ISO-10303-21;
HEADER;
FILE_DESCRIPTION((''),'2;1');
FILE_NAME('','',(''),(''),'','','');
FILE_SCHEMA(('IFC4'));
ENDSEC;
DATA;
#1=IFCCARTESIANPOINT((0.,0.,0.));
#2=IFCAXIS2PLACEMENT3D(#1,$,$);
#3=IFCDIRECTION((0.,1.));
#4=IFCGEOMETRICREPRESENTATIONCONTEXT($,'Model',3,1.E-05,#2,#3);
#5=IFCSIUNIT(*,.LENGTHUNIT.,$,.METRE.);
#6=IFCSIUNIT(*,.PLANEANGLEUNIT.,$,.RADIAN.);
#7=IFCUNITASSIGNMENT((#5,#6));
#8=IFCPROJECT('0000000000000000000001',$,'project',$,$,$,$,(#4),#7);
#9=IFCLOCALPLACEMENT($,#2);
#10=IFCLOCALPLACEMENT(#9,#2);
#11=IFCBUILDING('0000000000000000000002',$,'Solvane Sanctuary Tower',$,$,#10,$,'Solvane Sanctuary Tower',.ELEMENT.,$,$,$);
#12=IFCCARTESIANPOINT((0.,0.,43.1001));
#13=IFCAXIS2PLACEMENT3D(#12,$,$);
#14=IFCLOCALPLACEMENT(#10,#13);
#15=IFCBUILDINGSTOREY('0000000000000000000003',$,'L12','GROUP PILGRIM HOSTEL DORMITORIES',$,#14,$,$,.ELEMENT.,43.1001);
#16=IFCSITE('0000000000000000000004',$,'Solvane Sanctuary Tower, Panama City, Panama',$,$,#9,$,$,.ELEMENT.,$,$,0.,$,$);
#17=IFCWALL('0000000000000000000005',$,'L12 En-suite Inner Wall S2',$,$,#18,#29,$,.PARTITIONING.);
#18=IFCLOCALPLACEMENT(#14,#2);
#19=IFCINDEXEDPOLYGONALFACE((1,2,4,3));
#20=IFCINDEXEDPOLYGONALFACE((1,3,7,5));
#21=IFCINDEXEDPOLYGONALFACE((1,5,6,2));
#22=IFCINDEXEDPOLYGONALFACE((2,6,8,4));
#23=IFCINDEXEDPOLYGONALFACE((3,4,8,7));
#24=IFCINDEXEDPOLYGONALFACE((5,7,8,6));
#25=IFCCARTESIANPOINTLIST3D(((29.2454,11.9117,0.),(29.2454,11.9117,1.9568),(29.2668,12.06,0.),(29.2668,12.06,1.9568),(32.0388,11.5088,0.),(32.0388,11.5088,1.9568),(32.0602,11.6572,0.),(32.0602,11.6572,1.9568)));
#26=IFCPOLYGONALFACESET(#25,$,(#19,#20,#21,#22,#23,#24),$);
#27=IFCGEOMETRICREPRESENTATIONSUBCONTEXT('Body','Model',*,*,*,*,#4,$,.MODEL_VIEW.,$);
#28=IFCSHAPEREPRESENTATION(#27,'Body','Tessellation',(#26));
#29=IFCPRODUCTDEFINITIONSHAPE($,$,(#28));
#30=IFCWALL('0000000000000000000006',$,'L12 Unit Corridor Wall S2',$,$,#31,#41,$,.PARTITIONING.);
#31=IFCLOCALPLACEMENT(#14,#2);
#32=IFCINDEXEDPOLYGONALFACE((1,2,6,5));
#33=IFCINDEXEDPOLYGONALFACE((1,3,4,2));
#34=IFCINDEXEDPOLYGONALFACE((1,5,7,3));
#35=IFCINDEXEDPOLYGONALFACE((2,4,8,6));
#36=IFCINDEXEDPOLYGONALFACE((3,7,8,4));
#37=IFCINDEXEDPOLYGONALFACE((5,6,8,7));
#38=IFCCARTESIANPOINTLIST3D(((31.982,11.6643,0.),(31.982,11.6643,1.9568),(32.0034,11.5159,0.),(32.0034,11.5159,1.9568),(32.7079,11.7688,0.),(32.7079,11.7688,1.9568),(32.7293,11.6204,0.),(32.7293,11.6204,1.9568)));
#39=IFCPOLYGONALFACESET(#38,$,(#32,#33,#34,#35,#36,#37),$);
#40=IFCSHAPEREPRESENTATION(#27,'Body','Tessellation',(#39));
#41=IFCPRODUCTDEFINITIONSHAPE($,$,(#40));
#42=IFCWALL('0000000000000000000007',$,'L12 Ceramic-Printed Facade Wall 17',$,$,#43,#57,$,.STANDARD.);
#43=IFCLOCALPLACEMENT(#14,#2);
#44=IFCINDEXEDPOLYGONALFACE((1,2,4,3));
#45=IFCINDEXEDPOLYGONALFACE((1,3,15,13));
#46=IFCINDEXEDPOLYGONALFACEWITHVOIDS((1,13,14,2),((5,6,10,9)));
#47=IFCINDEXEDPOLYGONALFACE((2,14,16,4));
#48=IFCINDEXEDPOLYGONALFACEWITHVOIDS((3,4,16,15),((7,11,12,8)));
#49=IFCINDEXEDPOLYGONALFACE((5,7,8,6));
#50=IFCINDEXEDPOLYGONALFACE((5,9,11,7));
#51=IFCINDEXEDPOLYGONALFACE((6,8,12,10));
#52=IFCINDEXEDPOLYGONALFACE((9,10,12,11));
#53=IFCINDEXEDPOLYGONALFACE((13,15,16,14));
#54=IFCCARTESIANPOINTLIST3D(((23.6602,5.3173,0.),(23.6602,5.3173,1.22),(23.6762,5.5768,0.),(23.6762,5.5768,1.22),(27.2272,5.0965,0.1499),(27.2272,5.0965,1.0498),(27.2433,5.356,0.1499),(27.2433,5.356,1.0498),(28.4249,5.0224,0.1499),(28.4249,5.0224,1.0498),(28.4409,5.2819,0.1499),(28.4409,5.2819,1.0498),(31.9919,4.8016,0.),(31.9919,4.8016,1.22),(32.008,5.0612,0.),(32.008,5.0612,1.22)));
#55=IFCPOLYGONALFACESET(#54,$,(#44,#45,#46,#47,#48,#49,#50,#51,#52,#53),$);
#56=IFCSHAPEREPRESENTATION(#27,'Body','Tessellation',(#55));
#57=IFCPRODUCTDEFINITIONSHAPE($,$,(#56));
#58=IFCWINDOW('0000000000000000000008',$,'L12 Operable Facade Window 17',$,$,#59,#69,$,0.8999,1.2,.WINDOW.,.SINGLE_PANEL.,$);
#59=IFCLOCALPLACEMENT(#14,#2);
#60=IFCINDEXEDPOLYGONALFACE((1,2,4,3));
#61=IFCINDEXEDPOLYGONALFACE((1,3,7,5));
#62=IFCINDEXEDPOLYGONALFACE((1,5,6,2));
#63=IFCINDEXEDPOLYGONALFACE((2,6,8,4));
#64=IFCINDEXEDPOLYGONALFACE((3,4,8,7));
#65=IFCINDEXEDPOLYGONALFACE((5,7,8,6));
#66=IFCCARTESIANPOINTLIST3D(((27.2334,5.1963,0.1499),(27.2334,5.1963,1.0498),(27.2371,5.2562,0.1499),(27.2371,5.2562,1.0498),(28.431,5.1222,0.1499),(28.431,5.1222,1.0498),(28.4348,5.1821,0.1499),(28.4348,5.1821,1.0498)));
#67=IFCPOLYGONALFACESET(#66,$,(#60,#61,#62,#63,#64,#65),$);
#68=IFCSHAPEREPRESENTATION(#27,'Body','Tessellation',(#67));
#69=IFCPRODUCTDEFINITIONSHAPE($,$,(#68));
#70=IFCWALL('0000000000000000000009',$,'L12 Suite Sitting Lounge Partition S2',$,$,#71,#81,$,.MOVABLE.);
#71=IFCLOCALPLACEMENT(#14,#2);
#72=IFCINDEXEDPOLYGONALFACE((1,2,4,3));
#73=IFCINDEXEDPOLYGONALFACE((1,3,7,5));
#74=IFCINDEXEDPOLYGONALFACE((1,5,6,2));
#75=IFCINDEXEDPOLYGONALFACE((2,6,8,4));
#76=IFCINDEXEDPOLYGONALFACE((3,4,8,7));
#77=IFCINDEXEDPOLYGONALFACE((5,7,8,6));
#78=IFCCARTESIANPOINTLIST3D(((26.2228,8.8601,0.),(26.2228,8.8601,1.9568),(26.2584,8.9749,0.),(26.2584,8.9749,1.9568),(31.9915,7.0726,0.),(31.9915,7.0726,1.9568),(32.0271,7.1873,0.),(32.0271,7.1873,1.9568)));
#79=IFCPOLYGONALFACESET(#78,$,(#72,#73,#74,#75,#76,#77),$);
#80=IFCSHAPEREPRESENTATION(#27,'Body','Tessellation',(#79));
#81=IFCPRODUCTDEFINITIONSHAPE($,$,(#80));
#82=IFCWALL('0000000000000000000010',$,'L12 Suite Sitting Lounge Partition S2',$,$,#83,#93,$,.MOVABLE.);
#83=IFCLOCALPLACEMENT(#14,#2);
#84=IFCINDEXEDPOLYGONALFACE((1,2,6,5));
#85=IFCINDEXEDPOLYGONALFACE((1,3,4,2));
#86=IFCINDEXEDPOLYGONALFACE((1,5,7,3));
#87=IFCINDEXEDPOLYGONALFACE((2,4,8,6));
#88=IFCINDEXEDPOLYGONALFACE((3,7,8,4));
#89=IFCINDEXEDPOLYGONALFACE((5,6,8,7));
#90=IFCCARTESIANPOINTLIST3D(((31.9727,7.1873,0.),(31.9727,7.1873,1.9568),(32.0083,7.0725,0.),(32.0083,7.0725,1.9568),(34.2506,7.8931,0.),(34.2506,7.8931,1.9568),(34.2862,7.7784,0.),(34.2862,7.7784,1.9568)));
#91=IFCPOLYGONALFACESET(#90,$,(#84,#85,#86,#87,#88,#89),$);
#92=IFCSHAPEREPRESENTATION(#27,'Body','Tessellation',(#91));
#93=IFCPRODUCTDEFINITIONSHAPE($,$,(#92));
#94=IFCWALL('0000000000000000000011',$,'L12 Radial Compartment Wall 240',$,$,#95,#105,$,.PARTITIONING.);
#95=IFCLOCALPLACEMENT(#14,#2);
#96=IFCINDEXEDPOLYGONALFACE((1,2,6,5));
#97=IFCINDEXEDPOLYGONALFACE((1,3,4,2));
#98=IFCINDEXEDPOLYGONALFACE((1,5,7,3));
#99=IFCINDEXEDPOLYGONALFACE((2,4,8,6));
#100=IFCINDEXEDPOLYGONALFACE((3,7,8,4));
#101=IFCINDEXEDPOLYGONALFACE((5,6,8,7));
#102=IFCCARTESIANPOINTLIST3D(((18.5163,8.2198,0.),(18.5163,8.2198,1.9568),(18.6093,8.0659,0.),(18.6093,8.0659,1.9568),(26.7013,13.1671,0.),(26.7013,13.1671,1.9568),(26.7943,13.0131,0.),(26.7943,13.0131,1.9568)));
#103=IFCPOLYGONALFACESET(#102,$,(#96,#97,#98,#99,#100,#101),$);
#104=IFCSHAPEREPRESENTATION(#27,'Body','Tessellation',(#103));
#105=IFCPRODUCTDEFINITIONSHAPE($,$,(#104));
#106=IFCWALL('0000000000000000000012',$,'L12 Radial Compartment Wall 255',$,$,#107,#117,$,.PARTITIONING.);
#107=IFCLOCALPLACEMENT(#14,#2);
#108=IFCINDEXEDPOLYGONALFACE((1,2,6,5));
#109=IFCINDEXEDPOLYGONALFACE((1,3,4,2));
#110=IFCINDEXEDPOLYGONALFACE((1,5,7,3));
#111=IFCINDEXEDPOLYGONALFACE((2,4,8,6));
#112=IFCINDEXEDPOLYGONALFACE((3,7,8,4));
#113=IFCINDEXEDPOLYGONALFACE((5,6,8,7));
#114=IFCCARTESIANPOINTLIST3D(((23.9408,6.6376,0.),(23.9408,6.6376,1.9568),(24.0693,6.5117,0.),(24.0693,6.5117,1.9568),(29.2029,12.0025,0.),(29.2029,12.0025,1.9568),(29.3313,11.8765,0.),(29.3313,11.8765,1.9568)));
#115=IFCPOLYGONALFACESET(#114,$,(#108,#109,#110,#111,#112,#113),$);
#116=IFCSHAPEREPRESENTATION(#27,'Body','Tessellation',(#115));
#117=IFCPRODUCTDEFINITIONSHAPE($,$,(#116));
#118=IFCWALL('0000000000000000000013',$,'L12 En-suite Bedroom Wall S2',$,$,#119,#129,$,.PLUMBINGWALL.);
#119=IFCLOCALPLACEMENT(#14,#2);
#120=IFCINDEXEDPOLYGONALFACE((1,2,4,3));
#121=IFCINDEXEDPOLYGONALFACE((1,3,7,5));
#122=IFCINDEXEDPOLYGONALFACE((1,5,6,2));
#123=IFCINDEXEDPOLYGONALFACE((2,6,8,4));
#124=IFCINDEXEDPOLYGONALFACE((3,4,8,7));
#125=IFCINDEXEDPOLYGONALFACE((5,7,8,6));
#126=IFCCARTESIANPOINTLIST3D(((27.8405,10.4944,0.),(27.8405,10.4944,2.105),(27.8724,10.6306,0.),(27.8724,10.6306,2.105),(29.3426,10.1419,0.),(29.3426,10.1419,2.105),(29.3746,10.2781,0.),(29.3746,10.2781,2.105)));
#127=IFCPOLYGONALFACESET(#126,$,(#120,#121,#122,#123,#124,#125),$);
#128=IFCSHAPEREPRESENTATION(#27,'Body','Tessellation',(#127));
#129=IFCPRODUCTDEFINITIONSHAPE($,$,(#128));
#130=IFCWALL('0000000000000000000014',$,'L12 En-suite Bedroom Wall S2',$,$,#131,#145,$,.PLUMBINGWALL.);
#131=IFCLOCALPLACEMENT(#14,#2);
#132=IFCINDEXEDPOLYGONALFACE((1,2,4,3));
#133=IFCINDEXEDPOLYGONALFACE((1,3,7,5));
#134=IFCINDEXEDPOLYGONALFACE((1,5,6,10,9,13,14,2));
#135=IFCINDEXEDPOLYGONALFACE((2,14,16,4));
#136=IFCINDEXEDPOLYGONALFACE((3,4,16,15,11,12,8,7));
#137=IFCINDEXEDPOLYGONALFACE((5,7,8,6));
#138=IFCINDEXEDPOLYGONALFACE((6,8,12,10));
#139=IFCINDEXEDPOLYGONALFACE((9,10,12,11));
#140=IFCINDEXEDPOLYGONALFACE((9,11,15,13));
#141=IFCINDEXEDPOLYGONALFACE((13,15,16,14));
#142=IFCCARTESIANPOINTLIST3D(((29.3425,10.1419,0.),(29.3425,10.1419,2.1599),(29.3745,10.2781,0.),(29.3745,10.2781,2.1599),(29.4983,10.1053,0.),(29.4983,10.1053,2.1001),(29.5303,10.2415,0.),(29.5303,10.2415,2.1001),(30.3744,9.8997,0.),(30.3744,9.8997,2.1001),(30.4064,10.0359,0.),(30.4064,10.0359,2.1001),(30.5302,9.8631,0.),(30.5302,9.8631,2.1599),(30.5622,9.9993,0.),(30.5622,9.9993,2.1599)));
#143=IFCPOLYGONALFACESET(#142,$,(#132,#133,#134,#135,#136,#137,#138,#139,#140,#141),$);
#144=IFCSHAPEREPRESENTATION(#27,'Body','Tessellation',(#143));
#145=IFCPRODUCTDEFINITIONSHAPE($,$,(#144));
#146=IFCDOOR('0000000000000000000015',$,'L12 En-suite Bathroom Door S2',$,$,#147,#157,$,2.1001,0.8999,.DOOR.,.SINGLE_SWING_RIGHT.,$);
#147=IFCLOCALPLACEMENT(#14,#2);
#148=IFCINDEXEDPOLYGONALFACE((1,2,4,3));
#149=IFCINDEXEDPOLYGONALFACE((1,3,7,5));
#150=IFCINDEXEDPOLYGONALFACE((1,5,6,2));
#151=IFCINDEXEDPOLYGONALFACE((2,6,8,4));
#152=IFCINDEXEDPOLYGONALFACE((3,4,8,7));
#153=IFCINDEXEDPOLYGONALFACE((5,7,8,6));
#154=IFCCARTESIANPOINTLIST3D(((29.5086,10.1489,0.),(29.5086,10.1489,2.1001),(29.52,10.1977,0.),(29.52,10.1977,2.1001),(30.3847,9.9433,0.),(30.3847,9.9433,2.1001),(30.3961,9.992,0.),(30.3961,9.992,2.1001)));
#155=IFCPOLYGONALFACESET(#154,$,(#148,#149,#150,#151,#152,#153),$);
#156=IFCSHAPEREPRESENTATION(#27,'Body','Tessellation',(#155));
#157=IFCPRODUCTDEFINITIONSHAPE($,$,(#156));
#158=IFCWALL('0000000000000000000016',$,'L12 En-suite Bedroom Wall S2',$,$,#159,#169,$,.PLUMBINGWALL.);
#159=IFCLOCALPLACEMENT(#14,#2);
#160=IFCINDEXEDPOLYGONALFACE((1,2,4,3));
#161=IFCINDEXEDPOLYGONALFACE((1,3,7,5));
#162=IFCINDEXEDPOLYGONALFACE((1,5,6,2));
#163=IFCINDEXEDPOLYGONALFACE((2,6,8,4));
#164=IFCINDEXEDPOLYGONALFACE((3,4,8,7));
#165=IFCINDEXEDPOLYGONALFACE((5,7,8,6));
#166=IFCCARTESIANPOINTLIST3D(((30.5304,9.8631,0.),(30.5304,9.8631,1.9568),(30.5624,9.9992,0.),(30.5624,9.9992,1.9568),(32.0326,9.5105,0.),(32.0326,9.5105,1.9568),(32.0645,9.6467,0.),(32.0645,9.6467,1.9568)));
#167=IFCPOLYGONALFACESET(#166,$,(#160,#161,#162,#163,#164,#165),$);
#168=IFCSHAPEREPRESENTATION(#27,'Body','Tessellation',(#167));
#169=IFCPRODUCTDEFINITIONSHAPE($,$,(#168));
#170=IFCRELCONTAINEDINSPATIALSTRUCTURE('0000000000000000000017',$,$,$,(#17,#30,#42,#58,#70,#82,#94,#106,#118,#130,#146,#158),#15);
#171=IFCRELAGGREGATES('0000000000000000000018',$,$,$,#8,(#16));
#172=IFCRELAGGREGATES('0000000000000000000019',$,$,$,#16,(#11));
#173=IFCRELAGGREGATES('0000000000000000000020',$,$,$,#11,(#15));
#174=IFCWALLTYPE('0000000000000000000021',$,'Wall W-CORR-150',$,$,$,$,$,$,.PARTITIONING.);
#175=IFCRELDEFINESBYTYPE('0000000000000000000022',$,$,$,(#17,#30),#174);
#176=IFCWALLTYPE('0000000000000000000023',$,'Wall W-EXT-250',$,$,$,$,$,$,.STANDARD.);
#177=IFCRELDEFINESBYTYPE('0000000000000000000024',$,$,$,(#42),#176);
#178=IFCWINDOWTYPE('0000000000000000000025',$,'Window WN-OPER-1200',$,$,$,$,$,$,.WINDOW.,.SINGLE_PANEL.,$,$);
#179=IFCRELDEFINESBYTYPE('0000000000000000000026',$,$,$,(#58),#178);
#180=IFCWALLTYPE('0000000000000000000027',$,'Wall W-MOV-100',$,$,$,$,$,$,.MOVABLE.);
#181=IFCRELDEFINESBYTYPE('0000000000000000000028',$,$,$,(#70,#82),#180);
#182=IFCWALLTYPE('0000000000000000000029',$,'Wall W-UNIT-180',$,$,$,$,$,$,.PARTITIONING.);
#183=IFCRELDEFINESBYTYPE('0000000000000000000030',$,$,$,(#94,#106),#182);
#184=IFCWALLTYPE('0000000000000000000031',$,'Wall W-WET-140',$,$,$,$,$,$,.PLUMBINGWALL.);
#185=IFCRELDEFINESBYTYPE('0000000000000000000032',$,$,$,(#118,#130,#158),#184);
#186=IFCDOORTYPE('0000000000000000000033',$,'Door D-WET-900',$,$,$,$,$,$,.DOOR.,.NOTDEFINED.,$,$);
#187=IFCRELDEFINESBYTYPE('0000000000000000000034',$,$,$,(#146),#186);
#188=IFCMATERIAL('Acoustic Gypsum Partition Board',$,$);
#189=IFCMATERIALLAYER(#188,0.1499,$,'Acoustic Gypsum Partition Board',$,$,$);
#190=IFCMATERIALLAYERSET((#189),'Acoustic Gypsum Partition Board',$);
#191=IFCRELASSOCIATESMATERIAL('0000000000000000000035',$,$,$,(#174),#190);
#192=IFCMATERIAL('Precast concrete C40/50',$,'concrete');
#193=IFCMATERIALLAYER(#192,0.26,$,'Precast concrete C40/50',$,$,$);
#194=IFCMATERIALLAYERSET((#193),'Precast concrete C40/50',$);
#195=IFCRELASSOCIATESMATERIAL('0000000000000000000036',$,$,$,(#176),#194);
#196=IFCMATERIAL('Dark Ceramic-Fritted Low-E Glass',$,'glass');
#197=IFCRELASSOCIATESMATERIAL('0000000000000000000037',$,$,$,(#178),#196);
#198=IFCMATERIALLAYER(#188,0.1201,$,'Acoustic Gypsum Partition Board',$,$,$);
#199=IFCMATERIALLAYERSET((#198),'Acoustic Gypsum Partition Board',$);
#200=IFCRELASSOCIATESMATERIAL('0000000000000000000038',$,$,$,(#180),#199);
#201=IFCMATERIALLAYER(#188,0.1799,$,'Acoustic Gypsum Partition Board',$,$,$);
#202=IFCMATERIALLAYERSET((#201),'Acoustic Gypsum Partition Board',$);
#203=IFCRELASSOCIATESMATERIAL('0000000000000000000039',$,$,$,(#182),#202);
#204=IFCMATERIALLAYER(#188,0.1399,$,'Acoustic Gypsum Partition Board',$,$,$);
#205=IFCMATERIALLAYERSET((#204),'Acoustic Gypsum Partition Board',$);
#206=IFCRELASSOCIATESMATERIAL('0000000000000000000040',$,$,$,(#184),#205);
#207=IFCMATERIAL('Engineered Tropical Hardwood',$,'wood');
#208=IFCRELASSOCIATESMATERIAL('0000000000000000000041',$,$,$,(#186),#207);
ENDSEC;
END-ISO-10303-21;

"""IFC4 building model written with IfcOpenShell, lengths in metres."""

from ifc_helpers import new_model, si_unit, direction, frame, frame_2d, origin, place, context, subcontext, project, spatial, rectangle, extrude, material, layer, layer_set, type_object, element, fill, save


model = new_model("IFC4")

# Units and contexts
model_context = context("Model", 3, precision=1e-05, world=origin(), true_north=direction((0.0, 1.0)))
body_context = subcontext(model_context, "Body", "Model", "MODEL_VIEW")
ifc_project = project(units=[si_unit("LENGTHUNIT", "METRE"), si_unit("PLANEANGLEUNIT", "RADIAN")], contexts=[model_context])

# Site, building, storey
site_placement = place(None, origin())
site = spatial("IfcSite", under=ifc_project, at=site_placement, Name="Solvane Sanctuary Tower, Panama City, Panama", CompositionType="ELEMENT", RefElevation=0.0)
building_placement = place(site_placement, origin())
building = spatial("IfcBuilding", under=site, at=building_placement, Name="Solvane Sanctuary Tower", LongName="Solvane Sanctuary Tower", CompositionType="ELEMENT")
storey_placement = place(building_placement, frame((0.0, 0.0, 43.1001)))
storey = spatial("IfcBuildingStorey", under=building, at=storey_placement, Name="L12", Description="GROUP PILGRIM HOSTEL DORMITORIES", CompositionType="ELEMENT", Elevation=43.1001)

# Shared definitions
ifc_material_1 = material(Name="Dark Ceramic-Fritted Low-E Glass", Category="glass")

# Shared definitions
ifc_material_2 = material(Name="Acoustic Gypsum Partition Board")
ifc_layer_1 = layer(ifc_material_2, 0.1499, Name="Acoustic Gypsum Partition Board")
ifc_layer_set_1 = layer_set([ifc_layer_1], Name="Acoustic Gypsum Partition Board")
wall_type_1 = type_object("IfcWallType", Name="Wall W-CORR-150", PredefinedType="PARTITIONING", material=ifc_layer_set_1)

# Shared definitions
ifc_material_3 = material(Name="Engineered Tropical Hardwood", Category="wood")

# Walls
wall_1_placement = place(storey_placement, frame((29.2561, 11.9858, 0.0), z_axis=(0.0, 0.0, 1.0), x_axis=(0.989762, -0.142729, 0.0)))
element("IfcWall", 1, at=wall_1_placement, inside=storey, type_object=wall_type_1, Name="L12 En-suite Inner Wall S2", PredefinedType="PARTITIONING", context=body_context, shape_type="SweptSolid", body=[
    extrude(rectangle(XDim=2.8223, YDim=0.1499, at=frame_2d((1.4111, 0.0))), origin(), (0.0, 0.0, 1.0), 1.9568),
])
wall_2_placement = place(storey_placement, frame((31.9927, 11.5901, 0.0), z_axis=(0.0, 0.0, 1.0), x_axis=(0.989796, 0.142493, 0.0)))
element("IfcWall", 2, at=wall_2_placement, inside=storey, type_object=wall_type_1, Name="L12 Unit Corridor Wall S2", PredefinedType="PARTITIONING", context=body_context, shape_type="SweptSolid", body=[
    extrude(rectangle(XDim=0.7334, YDim=0.1499, at=frame_2d((0.3667, 0.0))), origin(), (0.0, 0.0, 1.0), 1.9568),
])

# Wall, opening, window
ifc_material_4 = material(Name="Precast concrete C40/50", Category="concrete")
ifc_layer_2 = layer(ifc_material_4, 0.26, Name="Precast concrete C40/50")
ifc_layer_set_2 = layer_set([ifc_layer_2], Name="Precast concrete C40/50")
wall_type_2 = type_object("IfcWallType", Name="Wall W-EXT-250", PredefinedType="STANDARD", material=ifc_layer_set_2)
wall_3_placement = place(storey_placement, frame((23.6682, 5.447, 0.0), z_axis=(0.0, 0.0, 1.0), x_axis=(0.998091, -0.061768, 0.0)))
wall_3 = element("IfcWall", 3, at=wall_3_placement, inside=storey, type_object=wall_type_2, Name="L12 Ceramic-Printed Facade Wall 17", PredefinedType="STANDARD", context=body_context, shape_type="SweptSolid", body=[
    extrude(rectangle(XDim=8.3477, YDim=0.26, at=frame_2d((4.1738, 0.0))), origin(), (0.0, 0.0, 1.0), 1.22),
])
opening_1_placement = place(wall_3_placement, frame((3.5737, 0.0, 0.1499)))
opening_1 = element("IfcOpeningElement", 4, at=opening_1_placement, cuts=wall_3, PredefinedType="OPENING", context=body_context, shape_type="SweptSolid", body=[
    extrude(rectangle(XDim=1.2, YDim=0.8999, at=frame_2d((0.6001, 0.45))), frame((0.0, 0.1399, 0.0), z_axis=(0.0, -1.0, 0.0), x_axis=(1.0, 0.0, 0.0)), (0.0, 0.0, 1.0), 0.28),
])
window_type = type_object("IfcWindowType", Name="Window WN-OPER-1200", PartitioningType="SINGLE_PANEL", PredefinedType="WINDOW", material=ifc_material_1)
window_placement = place(opening_1_placement, origin())
window = element("IfcWindow", 5, at=window_placement, inside=storey, type_object=window_type, Name="L12 Operable Facade Window 17", OverallHeight=0.8999, OverallWidth=1.2, PartitioningType="SINGLE_PANEL", PredefinedType="WINDOW", context=body_context, shape_type="SweptSolid", body=[
    extrude(rectangle(XDim=1.2, YDim=0.8999, at=frame_2d((0.6001, 0.45))), frame((0.0, 0.03, 0.0), z_axis=(0.0, -1.0, 0.0), x_axis=(1.0, 0.0, 0.0)), (0.0, 0.0, 1.0), 0.0601),
])
fill(opening_1, window)

# Walls
ifc_layer_3 = layer(ifc_material_2, 0.1201, Name="Acoustic Gypsum Partition Board")
ifc_layer_set_3 = layer_set([ifc_layer_3], Name="Acoustic Gypsum Partition Board")
wall_type_3 = type_object("IfcWallType", Name="Wall W-MOV-100", PredefinedType="MOVABLE", material=ifc_layer_set_3)
wall_4_placement = place(storey_placement, frame((26.2407, 8.9175, 0.0), z_axis=(0.0, 0.0, 1.0), x_axis=(0.955192, -0.295988, 0.0)))
element("IfcWall", 6, at=wall_4_placement, inside=storey, type_object=wall_type_3, Name="L12 Suite Sitting Lounge Partition S2", PredefinedType="MOVABLE", context=body_context, shape_type="SweptSolid", body=[
    extrude(rectangle(XDim=6.0393, YDim=0.1201, at=frame_2d((3.0195, 0.0))), origin(), (0.0, 0.0, 1.0), 1.9568),
])
wall_5_placement = place(storey_placement, frame((31.9905, 7.1299, 0.0), z_axis=(0.0, 0.0, 1.0), x_axis=(0.955195, 0.295977, 0.0)))
element("IfcWall", 7, at=wall_5_placement, inside=storey, type_object=wall_type_3, Name="L12 Suite Sitting Lounge Partition S2", PredefinedType="MOVABLE", context=body_context, shape_type="SweptSolid", body=[
    extrude(rectangle(XDim=2.3848, YDim=0.1201, at=frame_2d((1.1924, 0.0))), origin(), (0.0, 0.0, 1.0), 1.9568),
])
ifc_layer_4 = layer(ifc_material_2, 0.1799, Name="Acoustic Gypsum Partition Board")
ifc_layer_set_4 = layer_set([ifc_layer_4], Name="Acoustic Gypsum Partition Board")
wall_type_4 = type_object("IfcWallType", Name="Wall W-UNIT-180", PredefinedType="PARTITIONING", material=ifc_layer_set_4)
wall_6_placement = place(storey_placement, frame((26.7478, 13.0901, 0.0), z_axis=(0.0, 0.0, 1.0), x_axis=(-0.855817, -0.517278, 0.0)))
element("IfcWall", 8, at=wall_6_placement, inside=storey, type_object=wall_type_4, Name="L12 Radial Compartment Wall 240", PredefinedType="PARTITIONING", context=body_context, shape_type="SweptSolid", body=[
    extrude(rectangle(XDim=9.564, YDim=0.1799, at=frame_2d((4.782, 0.0))), origin(), (0.0, 0.0, 1.0), 1.9568),
])
wall_7_placement = place(storey_placement, frame((29.2671, 11.9395, 0.0), z_axis=(0.0, 0.0, 1.0), x_axis=(-0.700235, -0.713913, 0.0)))
element("IfcWall", 9, at=wall_7_placement, inside=storey, type_object=wall_type_4, Name="L12 Radial Compartment Wall 255", PredefinedType="PARTITIONING", context=body_context, shape_type="SweptSolid", body=[
    extrude(rectangle(XDim=7.5146, YDim=0.1799, at=frame_2d((3.7573, 0.0))), origin(), (0.0, 0.0, 1.0), 1.9568),
])
ifc_layer_5 = layer(ifc_material_2, 0.1399, Name="Acoustic Gypsum Partition Board")
ifc_layer_set_5 = layer_set([ifc_layer_5], Name="Acoustic Gypsum Partition Board")
wall_type_5 = type_object("IfcWallType", Name="Wall W-WET-140", PredefinedType="PLUMBINGWALL", material=ifc_layer_set_5)
wall_8_placement = place(storey_placement, frame((27.8564, 10.5625, 0.0), z_axis=(0.0, 0.0, 1.0), x_axis=(0.97355, -0.228475, 0.0)))
element("IfcWall", 10, at=wall_8_placement, inside=storey, type_object=wall_type_5, Name="L12 En-suite Bedroom Wall S2", PredefinedType="PLUMBINGWALL", context=body_context, shape_type="SweptSolid", body=[
    extrude(rectangle(XDim=1.543, YDim=0.1399, at=frame_2d((0.7715, 0.0))), origin(), (0.0, 0.0, 1.0), 2.105),
])

# Wall, opening, door
wall_9_placement = place(storey_placement, frame((29.3586, 10.21, 0.0), z_axis=(0.0, 0.0, 1.0), x_axis=(0.973538, -0.228526, 0.0)))
wall_9 = element("IfcWall", 11, at=wall_9_placement, inside=storey, type_object=wall_type_5, Name="L12 En-suite Bedroom Wall S2", PredefinedType="PLUMBINGWALL", context=body_context, shape_type="SweptSolid", body=[
    extrude(rectangle(XDim=1.22, YDim=0.1399, at=frame_2d((0.6099, 0.0))), origin(), (0.0, 0.0, 1.0), 2.1599),
])
opening_2_placement = place(wall_9_placement, frame((0.1599, 0.0, 0.0)))
opening_2 = element("IfcOpeningElement", 12, at=opening_2_placement, cuts=wall_9, PredefinedType="OPENING", context=body_context, shape_type="SweptSolid", body=[
    extrude(rectangle(XDim=0.8999, YDim=2.1001, at=frame_2d((0.45, 1.05))), frame((0.0, 0.0798, 0.0), z_axis=(0.0, -1.0, 0.0), x_axis=(1.0, 0.0, 0.0)), (0.0, 0.0, 1.0), 0.1599),
])
door_type_1 = type_object("IfcDoorType", Name="Door D-WET-900", OperationType="NOTDEFINED", PredefinedType="DOOR", material=ifc_material_3)
door_1_placement = place(opening_2_placement, origin())
door_1 = element("IfcDoor", 13, at=door_1_placement, inside=storey, type_object=door_type_1, Name="L12 En-suite Bathroom Door S2", OperationType="SINGLE_SWING_RIGHT", OverallHeight=2.1001, OverallWidth=0.8999, PredefinedType="DOOR", context=body_context, shape_type="SweptSolid", body=[
    extrude(rectangle(XDim=0.8999, YDim=2.1001, at=frame_2d((0.45, 1.05))), frame((0.0, 0.0249, 0.0), z_axis=(0.0, -1.0, 0.0), x_axis=(1.0, 0.0, 0.0)), (0.0, 0.0, 1.0), 0.05),
])
fill(opening_2, door_1)

# Wall
wall_10_placement = place(storey_placement, frame((30.5464, 9.9312, 0.0), z_axis=(0.0, 0.0, 1.0), x_axis=(0.97355, -0.228475, 0.0)))
element("IfcWall", 14, at=wall_10_placement, inside=storey, type_object=wall_type_5, Name="L12 En-suite Bedroom Wall S2", PredefinedType="PLUMBINGWALL", context=body_context, shape_type="SweptSolid", body=[
    extrude(rectangle(XDim=1.543, YDim=0.1399, at=frame_2d((0.7715, 0.0))), origin(), (0.0, 0.0, 1.0), 1.9568),
])

save(model, "model.ifc")
